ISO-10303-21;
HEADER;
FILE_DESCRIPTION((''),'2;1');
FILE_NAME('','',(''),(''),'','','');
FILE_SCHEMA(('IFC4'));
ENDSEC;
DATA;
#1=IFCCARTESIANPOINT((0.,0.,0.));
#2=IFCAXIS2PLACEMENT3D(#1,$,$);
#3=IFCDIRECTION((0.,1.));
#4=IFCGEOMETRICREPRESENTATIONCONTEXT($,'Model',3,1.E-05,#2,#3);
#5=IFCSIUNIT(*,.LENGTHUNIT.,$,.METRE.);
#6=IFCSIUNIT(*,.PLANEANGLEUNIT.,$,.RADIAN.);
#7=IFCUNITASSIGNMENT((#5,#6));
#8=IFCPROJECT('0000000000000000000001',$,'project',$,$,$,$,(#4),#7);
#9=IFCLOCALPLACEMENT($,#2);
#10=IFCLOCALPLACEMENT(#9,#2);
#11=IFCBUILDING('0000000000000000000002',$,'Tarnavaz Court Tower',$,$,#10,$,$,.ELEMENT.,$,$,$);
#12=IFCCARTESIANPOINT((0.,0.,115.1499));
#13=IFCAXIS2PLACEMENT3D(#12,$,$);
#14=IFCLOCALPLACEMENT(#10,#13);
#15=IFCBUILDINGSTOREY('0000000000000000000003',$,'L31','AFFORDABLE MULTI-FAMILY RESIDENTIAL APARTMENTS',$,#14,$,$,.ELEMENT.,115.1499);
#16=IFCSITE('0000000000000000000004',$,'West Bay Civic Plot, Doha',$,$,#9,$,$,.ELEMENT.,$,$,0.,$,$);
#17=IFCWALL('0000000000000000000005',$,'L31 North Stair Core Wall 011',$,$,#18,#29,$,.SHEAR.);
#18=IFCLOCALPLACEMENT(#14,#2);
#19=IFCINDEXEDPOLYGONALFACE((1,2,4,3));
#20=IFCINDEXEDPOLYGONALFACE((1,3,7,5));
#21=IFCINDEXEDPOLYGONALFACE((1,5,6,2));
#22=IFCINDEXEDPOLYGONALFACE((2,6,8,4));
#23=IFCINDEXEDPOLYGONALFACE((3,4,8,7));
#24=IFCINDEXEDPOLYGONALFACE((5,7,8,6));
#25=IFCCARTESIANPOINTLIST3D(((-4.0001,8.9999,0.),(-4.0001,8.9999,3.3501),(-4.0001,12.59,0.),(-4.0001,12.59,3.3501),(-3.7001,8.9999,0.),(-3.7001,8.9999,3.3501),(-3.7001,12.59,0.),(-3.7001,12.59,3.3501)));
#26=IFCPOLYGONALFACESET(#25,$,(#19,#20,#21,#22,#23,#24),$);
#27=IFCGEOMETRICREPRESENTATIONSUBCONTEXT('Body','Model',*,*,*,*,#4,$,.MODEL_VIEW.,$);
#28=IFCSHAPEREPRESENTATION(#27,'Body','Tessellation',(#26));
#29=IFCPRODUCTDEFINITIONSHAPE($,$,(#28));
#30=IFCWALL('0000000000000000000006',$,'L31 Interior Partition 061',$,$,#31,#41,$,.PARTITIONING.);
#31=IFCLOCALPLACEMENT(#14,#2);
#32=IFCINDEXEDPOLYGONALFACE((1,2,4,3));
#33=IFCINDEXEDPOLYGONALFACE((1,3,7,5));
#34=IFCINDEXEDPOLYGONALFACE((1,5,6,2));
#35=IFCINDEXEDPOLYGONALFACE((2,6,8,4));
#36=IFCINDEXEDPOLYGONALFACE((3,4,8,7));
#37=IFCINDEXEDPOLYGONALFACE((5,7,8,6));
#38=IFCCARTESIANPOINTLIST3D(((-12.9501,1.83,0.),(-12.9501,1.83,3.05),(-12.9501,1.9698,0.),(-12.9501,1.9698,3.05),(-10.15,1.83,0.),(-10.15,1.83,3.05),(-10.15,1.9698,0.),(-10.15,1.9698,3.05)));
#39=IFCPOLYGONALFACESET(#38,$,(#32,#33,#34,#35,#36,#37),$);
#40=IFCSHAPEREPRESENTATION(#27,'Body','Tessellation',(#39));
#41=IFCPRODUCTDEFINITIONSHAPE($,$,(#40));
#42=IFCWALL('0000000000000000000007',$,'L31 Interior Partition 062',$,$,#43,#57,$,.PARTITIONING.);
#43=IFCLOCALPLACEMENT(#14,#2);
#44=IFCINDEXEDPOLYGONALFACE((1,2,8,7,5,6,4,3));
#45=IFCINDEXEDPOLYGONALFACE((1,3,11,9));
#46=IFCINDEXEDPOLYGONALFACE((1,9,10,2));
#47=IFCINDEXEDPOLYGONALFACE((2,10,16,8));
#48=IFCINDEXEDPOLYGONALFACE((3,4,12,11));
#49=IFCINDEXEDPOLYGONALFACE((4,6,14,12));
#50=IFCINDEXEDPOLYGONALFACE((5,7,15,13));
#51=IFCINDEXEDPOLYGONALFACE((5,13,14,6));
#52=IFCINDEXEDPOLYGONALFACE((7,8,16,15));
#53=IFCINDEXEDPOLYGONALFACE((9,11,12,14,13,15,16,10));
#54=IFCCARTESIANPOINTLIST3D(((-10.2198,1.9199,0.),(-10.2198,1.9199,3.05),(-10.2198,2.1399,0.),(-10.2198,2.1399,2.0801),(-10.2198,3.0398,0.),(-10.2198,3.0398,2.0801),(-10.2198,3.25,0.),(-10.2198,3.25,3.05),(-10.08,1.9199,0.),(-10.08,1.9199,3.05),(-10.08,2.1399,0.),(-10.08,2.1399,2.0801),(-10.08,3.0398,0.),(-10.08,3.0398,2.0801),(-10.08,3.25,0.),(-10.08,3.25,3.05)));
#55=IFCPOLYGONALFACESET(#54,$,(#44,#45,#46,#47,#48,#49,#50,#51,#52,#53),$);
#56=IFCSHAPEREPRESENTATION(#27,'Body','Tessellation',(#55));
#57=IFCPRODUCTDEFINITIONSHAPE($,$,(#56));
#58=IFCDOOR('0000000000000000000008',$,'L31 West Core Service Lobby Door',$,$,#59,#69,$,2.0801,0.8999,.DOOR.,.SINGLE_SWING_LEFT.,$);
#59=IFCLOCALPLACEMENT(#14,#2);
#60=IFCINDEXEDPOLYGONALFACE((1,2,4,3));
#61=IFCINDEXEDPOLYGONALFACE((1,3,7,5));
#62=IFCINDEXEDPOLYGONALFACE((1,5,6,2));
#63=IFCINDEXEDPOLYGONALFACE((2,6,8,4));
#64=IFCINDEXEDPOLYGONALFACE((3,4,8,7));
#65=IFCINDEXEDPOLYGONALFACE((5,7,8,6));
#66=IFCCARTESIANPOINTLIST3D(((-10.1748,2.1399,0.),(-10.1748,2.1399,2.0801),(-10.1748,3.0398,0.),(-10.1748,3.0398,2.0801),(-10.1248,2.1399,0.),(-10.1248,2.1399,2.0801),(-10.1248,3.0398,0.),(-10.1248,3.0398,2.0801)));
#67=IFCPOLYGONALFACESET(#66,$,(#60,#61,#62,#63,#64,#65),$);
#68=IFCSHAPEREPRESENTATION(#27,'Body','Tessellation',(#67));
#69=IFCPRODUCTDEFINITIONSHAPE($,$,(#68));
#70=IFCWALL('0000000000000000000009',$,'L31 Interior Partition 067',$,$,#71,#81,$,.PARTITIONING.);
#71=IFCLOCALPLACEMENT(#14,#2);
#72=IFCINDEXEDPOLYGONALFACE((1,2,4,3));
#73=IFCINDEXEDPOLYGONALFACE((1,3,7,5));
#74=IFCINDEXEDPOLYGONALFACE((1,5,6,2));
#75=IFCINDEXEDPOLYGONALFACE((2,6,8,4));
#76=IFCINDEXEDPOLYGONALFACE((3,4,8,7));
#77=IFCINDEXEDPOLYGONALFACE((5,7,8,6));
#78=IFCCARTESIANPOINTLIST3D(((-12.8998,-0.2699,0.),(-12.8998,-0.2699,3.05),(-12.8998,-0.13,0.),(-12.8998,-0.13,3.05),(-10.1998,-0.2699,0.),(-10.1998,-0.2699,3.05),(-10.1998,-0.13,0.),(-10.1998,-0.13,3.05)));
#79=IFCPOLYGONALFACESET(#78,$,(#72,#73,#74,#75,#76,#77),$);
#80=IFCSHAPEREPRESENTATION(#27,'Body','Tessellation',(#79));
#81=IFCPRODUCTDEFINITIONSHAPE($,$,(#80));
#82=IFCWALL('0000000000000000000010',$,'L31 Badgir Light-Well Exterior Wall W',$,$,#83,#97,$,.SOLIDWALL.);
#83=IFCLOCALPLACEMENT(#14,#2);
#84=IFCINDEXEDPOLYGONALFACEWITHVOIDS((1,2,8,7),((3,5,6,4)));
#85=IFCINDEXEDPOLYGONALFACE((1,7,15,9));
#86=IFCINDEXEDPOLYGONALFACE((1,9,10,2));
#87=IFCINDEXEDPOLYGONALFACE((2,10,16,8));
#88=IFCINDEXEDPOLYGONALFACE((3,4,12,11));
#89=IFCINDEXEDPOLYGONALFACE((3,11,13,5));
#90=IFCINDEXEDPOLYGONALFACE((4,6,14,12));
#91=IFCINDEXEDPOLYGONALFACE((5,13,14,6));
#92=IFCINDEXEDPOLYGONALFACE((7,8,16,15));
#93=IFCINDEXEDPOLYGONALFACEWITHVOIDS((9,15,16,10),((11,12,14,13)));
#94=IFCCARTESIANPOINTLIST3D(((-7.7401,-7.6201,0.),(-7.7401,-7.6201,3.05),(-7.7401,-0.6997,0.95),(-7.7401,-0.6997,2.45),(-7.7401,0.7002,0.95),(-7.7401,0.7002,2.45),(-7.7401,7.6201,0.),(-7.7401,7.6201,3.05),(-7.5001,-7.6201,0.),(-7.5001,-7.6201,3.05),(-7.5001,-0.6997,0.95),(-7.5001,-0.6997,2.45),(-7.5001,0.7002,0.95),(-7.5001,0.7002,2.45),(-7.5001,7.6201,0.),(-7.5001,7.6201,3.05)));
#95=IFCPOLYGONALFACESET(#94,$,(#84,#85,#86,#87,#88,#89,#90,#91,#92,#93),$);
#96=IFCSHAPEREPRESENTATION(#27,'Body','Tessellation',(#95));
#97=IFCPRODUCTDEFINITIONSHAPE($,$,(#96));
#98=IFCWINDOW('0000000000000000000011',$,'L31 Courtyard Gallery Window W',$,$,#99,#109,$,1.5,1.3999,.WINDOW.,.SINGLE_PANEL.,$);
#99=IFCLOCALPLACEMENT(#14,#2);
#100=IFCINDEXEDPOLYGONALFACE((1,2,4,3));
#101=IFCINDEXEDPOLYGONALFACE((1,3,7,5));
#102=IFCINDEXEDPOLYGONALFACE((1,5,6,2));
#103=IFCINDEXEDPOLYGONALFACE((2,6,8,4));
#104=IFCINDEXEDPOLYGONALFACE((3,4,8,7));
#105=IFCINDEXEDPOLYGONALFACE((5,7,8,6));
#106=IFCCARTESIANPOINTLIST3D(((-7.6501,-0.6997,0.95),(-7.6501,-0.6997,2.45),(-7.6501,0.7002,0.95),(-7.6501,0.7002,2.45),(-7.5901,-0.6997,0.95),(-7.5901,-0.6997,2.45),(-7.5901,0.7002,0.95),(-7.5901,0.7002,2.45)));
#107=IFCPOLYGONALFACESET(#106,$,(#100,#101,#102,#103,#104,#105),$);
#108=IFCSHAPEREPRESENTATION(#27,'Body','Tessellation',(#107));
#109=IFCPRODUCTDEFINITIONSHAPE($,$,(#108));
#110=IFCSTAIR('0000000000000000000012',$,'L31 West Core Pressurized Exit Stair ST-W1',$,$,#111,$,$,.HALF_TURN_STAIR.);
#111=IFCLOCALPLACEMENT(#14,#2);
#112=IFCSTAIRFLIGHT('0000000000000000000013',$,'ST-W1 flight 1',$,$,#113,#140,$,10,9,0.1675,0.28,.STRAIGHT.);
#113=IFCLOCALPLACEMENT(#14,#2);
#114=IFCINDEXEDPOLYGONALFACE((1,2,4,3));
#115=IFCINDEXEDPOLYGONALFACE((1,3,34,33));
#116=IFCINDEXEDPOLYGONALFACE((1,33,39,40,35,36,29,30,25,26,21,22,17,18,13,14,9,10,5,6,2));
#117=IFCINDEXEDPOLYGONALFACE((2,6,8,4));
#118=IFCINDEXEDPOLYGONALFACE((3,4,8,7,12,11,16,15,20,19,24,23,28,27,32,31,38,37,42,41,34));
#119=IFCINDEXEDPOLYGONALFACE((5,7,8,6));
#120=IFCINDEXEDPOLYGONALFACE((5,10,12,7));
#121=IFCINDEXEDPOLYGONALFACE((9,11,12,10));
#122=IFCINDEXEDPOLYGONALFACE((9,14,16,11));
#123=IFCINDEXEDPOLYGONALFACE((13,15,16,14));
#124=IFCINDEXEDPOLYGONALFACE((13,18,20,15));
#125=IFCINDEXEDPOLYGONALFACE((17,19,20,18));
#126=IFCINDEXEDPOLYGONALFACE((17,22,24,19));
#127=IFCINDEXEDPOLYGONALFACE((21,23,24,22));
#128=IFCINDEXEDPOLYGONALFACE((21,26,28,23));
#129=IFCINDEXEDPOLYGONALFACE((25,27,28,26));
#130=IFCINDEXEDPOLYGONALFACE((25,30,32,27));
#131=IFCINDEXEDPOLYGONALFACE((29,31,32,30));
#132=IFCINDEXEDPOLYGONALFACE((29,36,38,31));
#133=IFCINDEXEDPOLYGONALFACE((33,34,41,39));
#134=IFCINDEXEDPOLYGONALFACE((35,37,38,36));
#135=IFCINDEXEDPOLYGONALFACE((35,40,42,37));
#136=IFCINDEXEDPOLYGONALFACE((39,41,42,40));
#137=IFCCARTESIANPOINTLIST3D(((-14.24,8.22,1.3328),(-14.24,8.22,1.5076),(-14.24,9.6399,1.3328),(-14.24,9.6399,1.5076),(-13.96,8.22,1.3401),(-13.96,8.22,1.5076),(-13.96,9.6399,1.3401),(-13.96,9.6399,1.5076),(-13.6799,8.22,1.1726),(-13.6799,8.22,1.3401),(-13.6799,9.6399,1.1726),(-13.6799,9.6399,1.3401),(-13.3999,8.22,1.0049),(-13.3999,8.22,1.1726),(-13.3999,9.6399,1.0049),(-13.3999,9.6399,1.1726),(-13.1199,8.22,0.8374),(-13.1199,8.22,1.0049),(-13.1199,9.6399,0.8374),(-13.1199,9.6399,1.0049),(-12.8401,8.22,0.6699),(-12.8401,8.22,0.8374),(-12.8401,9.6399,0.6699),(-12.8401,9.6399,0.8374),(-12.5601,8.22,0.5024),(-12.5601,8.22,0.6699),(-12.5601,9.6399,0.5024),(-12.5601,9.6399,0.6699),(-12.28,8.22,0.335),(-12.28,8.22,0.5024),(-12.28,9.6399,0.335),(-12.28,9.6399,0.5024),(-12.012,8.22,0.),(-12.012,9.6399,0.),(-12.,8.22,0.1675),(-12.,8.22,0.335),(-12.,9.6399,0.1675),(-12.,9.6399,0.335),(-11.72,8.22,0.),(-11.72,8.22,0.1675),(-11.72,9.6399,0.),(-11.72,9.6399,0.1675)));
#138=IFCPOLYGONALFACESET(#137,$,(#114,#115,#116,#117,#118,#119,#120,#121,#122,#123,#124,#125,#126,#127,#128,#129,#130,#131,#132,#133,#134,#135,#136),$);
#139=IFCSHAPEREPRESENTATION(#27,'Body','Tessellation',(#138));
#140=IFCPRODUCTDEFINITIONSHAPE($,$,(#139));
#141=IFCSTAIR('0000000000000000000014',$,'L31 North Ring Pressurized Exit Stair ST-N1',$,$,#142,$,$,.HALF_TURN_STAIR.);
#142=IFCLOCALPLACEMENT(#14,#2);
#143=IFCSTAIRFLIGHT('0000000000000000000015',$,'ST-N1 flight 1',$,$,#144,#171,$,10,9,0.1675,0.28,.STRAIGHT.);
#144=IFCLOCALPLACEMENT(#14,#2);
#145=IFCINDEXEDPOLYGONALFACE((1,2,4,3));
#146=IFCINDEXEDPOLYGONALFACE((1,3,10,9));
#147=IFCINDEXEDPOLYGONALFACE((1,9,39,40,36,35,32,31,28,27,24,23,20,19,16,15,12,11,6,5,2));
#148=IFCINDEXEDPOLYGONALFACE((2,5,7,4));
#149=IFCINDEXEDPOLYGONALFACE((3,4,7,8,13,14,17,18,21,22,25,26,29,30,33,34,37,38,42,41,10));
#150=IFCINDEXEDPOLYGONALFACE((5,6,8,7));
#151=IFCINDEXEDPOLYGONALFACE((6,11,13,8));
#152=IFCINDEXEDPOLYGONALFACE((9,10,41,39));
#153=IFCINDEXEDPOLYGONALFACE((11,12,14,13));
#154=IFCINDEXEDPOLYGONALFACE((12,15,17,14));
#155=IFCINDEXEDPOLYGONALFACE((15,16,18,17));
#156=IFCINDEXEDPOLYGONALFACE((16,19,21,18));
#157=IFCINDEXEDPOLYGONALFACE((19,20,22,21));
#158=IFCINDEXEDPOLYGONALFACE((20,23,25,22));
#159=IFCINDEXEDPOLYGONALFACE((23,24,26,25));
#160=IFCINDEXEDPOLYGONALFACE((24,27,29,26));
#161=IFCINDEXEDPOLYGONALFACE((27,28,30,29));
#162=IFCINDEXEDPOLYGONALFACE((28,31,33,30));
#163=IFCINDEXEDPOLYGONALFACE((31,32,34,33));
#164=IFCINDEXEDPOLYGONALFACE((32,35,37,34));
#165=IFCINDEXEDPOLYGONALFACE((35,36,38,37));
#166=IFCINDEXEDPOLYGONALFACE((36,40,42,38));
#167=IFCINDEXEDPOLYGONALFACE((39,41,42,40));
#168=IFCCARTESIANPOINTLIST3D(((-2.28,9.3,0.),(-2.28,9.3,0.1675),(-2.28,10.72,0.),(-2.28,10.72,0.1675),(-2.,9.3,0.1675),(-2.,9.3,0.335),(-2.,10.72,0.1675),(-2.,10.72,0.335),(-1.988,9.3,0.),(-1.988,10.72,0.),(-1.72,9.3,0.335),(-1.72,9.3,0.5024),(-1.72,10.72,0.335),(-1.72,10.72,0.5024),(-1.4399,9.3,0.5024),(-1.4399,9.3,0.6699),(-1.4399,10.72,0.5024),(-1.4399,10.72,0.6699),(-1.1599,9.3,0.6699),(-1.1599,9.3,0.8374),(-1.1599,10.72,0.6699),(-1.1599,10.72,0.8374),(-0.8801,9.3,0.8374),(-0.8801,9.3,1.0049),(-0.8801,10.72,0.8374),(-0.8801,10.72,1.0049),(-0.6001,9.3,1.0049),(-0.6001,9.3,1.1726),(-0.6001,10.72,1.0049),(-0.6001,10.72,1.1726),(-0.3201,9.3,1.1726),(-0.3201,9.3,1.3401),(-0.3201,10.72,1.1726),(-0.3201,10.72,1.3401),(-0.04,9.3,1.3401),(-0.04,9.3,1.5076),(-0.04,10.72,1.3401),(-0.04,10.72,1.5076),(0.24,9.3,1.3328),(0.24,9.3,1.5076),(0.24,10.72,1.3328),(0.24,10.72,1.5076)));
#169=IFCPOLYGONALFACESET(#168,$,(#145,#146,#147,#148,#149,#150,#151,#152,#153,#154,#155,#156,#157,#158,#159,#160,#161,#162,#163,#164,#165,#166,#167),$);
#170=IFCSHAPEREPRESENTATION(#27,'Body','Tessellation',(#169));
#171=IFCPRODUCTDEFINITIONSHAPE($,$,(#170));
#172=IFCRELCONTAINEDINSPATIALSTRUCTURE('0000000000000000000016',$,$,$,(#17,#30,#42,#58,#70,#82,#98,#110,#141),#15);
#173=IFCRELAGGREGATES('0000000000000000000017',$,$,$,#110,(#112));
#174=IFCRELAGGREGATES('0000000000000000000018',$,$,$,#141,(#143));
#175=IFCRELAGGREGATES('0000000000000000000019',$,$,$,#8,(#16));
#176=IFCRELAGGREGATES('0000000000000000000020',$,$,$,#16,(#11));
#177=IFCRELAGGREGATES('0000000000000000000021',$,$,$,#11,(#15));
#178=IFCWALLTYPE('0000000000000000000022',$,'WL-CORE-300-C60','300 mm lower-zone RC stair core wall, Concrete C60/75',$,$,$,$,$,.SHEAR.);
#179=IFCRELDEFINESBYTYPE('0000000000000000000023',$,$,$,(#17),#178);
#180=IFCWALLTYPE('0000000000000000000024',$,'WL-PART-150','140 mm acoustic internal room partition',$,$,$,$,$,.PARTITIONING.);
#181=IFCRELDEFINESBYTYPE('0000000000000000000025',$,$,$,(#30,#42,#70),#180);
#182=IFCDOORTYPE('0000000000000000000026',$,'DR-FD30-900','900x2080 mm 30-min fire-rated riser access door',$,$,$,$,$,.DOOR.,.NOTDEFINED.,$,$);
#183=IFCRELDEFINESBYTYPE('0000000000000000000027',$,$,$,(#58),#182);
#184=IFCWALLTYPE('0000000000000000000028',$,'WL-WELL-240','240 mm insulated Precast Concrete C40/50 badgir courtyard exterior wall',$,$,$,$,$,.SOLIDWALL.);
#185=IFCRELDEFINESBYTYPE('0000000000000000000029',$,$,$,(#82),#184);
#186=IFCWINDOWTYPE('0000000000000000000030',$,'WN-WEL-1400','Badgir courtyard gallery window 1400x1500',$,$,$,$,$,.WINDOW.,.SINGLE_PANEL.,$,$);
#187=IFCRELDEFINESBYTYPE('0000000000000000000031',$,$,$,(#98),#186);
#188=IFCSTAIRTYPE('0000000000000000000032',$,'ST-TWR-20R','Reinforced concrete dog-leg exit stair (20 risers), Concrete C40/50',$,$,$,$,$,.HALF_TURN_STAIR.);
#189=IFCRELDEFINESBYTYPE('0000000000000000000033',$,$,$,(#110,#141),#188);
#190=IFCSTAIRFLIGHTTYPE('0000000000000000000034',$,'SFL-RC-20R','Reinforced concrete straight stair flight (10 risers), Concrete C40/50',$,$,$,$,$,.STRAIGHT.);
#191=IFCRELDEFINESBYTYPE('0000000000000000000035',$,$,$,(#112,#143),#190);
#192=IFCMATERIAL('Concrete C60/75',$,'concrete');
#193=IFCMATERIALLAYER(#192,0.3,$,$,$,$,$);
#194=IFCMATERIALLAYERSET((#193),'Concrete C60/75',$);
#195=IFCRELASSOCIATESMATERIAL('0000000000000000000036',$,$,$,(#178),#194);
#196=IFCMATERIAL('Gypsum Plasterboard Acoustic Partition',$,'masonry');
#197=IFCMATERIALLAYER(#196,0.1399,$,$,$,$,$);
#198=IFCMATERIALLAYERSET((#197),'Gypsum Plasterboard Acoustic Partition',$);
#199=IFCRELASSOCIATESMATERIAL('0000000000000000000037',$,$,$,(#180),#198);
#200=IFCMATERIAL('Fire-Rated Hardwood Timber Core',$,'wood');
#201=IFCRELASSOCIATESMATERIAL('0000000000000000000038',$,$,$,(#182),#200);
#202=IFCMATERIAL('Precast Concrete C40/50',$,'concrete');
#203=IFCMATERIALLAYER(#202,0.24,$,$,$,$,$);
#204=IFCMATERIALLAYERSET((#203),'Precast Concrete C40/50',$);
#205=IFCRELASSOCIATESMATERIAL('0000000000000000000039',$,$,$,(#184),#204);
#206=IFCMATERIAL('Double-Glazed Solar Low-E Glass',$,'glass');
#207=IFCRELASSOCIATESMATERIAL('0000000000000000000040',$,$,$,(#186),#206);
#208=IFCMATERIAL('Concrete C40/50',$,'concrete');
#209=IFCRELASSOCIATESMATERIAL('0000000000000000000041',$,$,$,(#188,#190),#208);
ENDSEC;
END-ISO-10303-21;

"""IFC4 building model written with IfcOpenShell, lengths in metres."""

from ifc_helpers import new_model, si_unit, direction, frame, frame_2d, origin, place, context, subcontext, project, spatial, polyline, rectangle, outline, extrude, material, layer, layer_set, type_object, element, fill, aggregate, save


model = new_model("IFC4")

# Units and contexts
model_context = context("Model", 3, precision=1e-05, world=origin(), true_north=direction((0.0, 1.0)))
body_context = subcontext(model_context, "Body", "Model", "MODEL_VIEW")
ifc_project = project(units=[si_unit("LENGTHUNIT", "METRE"), si_unit("PLANEANGLEUNIT", "RADIAN")], contexts=[model_context])

# Site, building, storey
site_placement = place(None, origin())
site = spatial("IfcSite", under=ifc_project, at=site_placement, Name="West Bay Civic Plot, Doha", CompositionType="ELEMENT", RefElevation=0.0)
building_placement = place(site_placement, origin())
building = spatial("IfcBuilding", under=site, at=building_placement, Name="Tarnavaz Court Tower", CompositionType="ELEMENT")
storey_placement = place(building_placement, frame((0.0, 0.0, 115.1499)))
storey = spatial("IfcBuildingStorey", under=building, at=storey_placement, Name="L31", Description="AFFORDABLE MULTI-FAMILY RESIDENTIAL APARTMENTS", CompositionType="ELEMENT", Elevation=115.1499)

# Shared definitions
ifc_material_1 = material(Name="Concrete C60/75", Category="concrete")

# Shared definitions
ifc_layer_1 = layer(ifc_material_1, 0.3)
ifc_layer_set_1 = layer_set([ifc_layer_1], Name="Concrete C60/75")
wall_type_1 = type_object("IfcWallType", Name="WL-CORE-300-C60", Description="300 mm lower-zone RC stair core wall, Concrete C60/75", PredefinedType="SHEAR", material=ifc_layer_set_1)

# Shared definitions
ifc_material_2 = material(Name="Fire-Rated Hardwood Timber Core", Category="wood")

# Wall
wall_1_placement = place(storey_placement, frame((-3.8501, 9.0, 0.0), z_axis=(0.0, 0.0, 1.0), x_axis=(0.0, 1.0, 0.0)))
element("IfcWall", 1, at=wall_1_placement, inside=storey, type_object=wall_type_1, Name="L31 North Stair Core Wall 011", PredefinedType="SHEAR", context=body_context, shape_type="SweptSolid", body=[
    extrude(rectangle(XDim=3.5901, YDim=0.3, at=frame_2d((1.7949, 0.0))), origin(), (0.0, 0.0, 1.0), 3.3501),
])

# Wall
ifc_material_3 = material(Name="Gypsum Plasterboard Acoustic Partition", Category="masonry")
ifc_layer_2 = layer(ifc_material_3, 0.1399)
ifc_layer_set_2 = layer_set([ifc_layer_2], Name="Gypsum Plasterboard Acoustic Partition")
wall_type_2 = type_object("IfcWallType", Name="WL-PART-150", Description="140 mm acoustic internal room partition", PredefinedType="PARTITIONING", material=ifc_layer_set_2)
wall_2_placement = place(storey_placement, frame((-12.95, 1.8999, 0.0), z_axis=(0.0, 0.0, 1.0), x_axis=(1.0, 0.0, 0.0)))
element("IfcWall", 2, at=wall_2_placement, inside=storey, type_object=wall_type_2, Name="L31 Interior Partition 061", PredefinedType="PARTITIONING", context=body_context, shape_type="SweptSolid", body=[
    extrude(rectangle(XDim=2.8, YDim=0.1399, at=frame_2d((1.3999, 0.0))), origin(), (0.0, 0.0, 1.0), 3.05),
])

# Wall, opening, door
wall_3_placement = place(storey_placement, frame((-10.1499, 1.9199, 0.0), z_axis=(0.0, 0.0, 1.0), x_axis=(0.0, 1.0, 0.0)))
wall_3 = element("IfcWall", 3, at=wall_3_placement, inside=storey, type_object=wall_type_2, Name="L31 Interior Partition 062", PredefinedType="PARTITIONING", context=body_context, shape_type="SweptSolid", body=[
    extrude(rectangle(XDim=1.3301, YDim=0.1399, at=frame_2d((0.665, 0.0))), origin(), (0.0, 0.0, 1.0), 3.05),
])
opening_1_placement = place(wall_3_placement, frame((0.22, 0.0, 0.0)))
opening_1 = element("IfcOpeningElement", 4, at=opening_1_placement, cuts=wall_3, PredefinedType="OPENING", context=body_context, shape_type="SweptSolid", body=[
    extrude(rectangle(XDim=0.8999, YDim=2.0801, at=frame_2d((0.45, 1.04))), frame((0.0, 0.0798, 0.0), z_axis=(0.0, -1.0, 0.0), x_axis=(1.0, 0.0, 0.0)), (0.0, 0.0, 1.0), 0.1599),
])
door_type_1 = type_object("IfcDoorType", Name="DR-FD30-900", Description="900x2080 mm 30-min fire-rated riser access door", OperationType="NOTDEFINED", PredefinedType="DOOR", material=ifc_material_2)
door_1_placement = place(opening_1_placement, origin())
door_1 = element("IfcDoor", 5, at=door_1_placement, inside=storey, type_object=door_type_1, Name="L31 West Core Service Lobby Door", OperationType="SINGLE_SWING_LEFT", OverallHeight=2.0801, OverallWidth=0.8999, PredefinedType="DOOR", context=body_context, shape_type="SweptSolid", body=[
    extrude(rectangle(XDim=0.8999, YDim=2.0801, at=frame_2d((0.45, 1.04))), frame((0.0, 0.0249, 0.0), z_axis=(0.0, -1.0, 0.0), x_axis=(1.0, 0.0, 0.0)), (0.0, 0.0, 1.0), 0.05),
])
fill(opening_1, door_1)

# Wall
wall_4_placement = place(storey_placement, frame((-12.8999, -0.2, 0.0), z_axis=(0.0, 0.0, 1.0), x_axis=(1.0, 0.0, 0.0)))
element("IfcWall", 6, at=wall_4_placement, inside=storey, type_object=wall_type_2, Name="L31 Interior Partition 067", PredefinedType="PARTITIONING", context=body_context, shape_type="SweptSolid", body=[
    extrude(rectangle(XDim=2.7, YDim=0.1399, at=frame_2d((1.3501, 0.0))), origin(), (0.0, 0.0, 1.0), 3.05),
])

# Wall, opening, window
ifc_material_4 = material(Name="Precast Concrete C40/50", Category="concrete")
ifc_layer_3 = layer(ifc_material_4, 0.24)
ifc_layer_set_3 = layer_set([ifc_layer_3], Name="Precast Concrete C40/50")
wall_type_3 = type_object("IfcWallType", Name="WL-WELL-240", Description="240 mm insulated Precast Concrete C40/50 badgir courtyard exterior wall", PredefinedType="SOLIDWALL", material=ifc_layer_set_3)
wall_5_placement = place(storey_placement, frame((-7.6201, 7.6201, 0.0), z_axis=(0.0, 0.0, 1.0), x_axis=(0.0, -1.0, 0.0)))
wall_5 = element("IfcWall", 7, at=wall_5_placement, inside=storey, type_object=wall_type_3, Name="L31 Badgir Light-Well Exterior Wall W", PredefinedType="SOLIDWALL", context=body_context, shape_type="SweptSolid", body=[
    extrude(rectangle(XDim=15.2402, YDim=0.24, at=frame_2d((7.6201, 0.0))), origin(), (0.0, 0.0, 1.0), 3.05),
])
opening_2_placement = place(wall_5_placement, frame((6.9199, 0.0, 0.95)))
opening_2 = element("IfcOpeningElement", 8, at=opening_2_placement, cuts=wall_5, PredefinedType="OPENING", context=body_context, shape_type="SweptSolid", body=[
    extrude(rectangle(XDim=1.3999, YDim=1.5, at=frame_2d((0.7, 0.75))), frame((0.0, 0.1299, 0.0), z_axis=(0.0, -1.0, 0.0), x_axis=(1.0, 0.0, 0.0)), (0.0, 0.0, 1.0), 0.26),
])
ifc_material_5 = material(Name="Double-Glazed Solar Low-E Glass", Category="glass")
window_type = type_object("IfcWindowType", Name="WN-WEL-1400", Description="Badgir courtyard gallery window 1400x1500", PartitioningType="SINGLE_PANEL", PredefinedType="WINDOW", material=ifc_material_5)
window_placement = place(opening_2_placement, origin())
window = element("IfcWindow", 9, at=window_placement, inside=storey, type_object=window_type, Name="L31 Courtyard Gallery Window W", OverallHeight=1.5, OverallWidth=1.3999, PartitioningType="SINGLE_PANEL", PredefinedType="WINDOW", context=body_context, shape_type="SweptSolid", body=[
    extrude(rectangle(XDim=1.3999, YDim=1.5, at=frame_2d((0.7, 0.75))), frame((0.0, 0.03, 0.0), z_axis=(0.0, -1.0, 0.0), x_axis=(1.0, 0.0, 0.0)), (0.0, 0.0, 1.0), 0.0601),
])
fill(opening_2, window)

# Stairs, stair flights
ifc_material_6 = material(Name="Concrete C40/50", Category="concrete")
stair_type = type_object("IfcStairType", Name="ST-TWR-20R", Description="Reinforced concrete dog-leg exit stair (20 risers), Concrete C40/50", PredefinedType="HALF_TURN_STAIR", material=ifc_material_6)
stair_1_placement = place(storey_placement, origin())
stair_1 = element("IfcStair", 10, at=stair_1_placement, inside=storey, type_object=stair_type, Name="L31 West Core Pressurized Exit Stair ST-W1", PredefinedType="HALF_TURN_STAIR")
stair_flight_type = type_object("IfcStairFlightType", Name="SFL-RC-20R", Description="Reinforced concrete straight stair flight (10 risers), Concrete C40/50", PredefinedType="STRAIGHT", material=ifc_material_6)
stair_flight_1_placement = place(storey_placement, frame((-11.72, 8.9299, 0.0), z_axis=(0.0, 0.0, 1.0), x_axis=(-1.0, 0.0, 0.0)))
stair_flight_1 = element("IfcStairFlight", 11, at=stair_flight_1_placement, type_object=stair_flight_type, Name="ST-W1 flight 1", NumberOfRisers=10, NumberOfTreads=9, PredefinedType="STRAIGHT", RiserHeight=0.1675, TreadLength=0.28, context=body_context, shape_type="SweptSolid", body=[
    extrude(outline(polyline([(0.0, 0.0), (0.0, 0.1675), (0.28, 0.1675), (0.28, 0.335), (0.5601, 0.335), (0.5601, 0.5024), (0.8401, 0.5024), (0.8401, 0.6699), (1.1201, 0.6699), (1.1201, 0.8374), (1.3999, 0.8374), (1.3999, 1.0049), (1.6799, 1.0049), (1.6799, 1.1726), (1.96, 1.1726), (1.96, 1.3401), (2.24, 1.3401), (2.24, 1.5076), (2.52, 1.5076), (2.52, 1.675), (2.52, 1.3328), (0.292, 0.0), (0.0, 0.0)])), frame((0.0, 0.71, 0.0), z_axis=(0.0, -1.0, 0.0), x_axis=(1.0, 0.0, 0.0)), (0.0, 0.0, 1.0), 1.4199),
])
aggregate(stair_1, [stair_flight_1])
stair_2_placement = place(storey_placement, origin())
stair_2 = element("IfcStair", 12, at=stair_2_placement, inside=storey, type_object=stair_type, Name="L31 North Ring Pressurized Exit Stair ST-N1", PredefinedType="HALF_TURN_STAIR")
stair_flight_2_placement = place(storey_placement, frame((-2.28, 10.01, 0.0), z_axis=(0.0, 0.0, 1.0), x_axis=(1.0, 0.0, 0.0)))
stair_flight_2 = element("IfcStairFlight", 13, at=stair_flight_2_placement, type_object=stair_flight_type, Name="ST-N1 flight 1", NumberOfRisers=10, NumberOfTreads=9, PredefinedType="STRAIGHT", RiserHeight=0.1675, TreadLength=0.28, context=body_context, shape_type="SweptSolid", body=[
    extrude(outline(polyline([(0.0, 0.0), (0.0, 0.1675), (0.28, 0.1675), (0.28, 0.335), (0.5601, 0.335), (0.5601, 0.5024), (0.8401, 0.5024), (0.8401, 0.6699), (1.1201, 0.6699), (1.1201, 0.8374), (1.3999, 0.8374), (1.3999, 1.0049), (1.6799, 1.0049), (1.6799, 1.1726), (1.96, 1.1726), (1.96, 1.3401), (2.24, 1.3401), (2.24, 1.5076), (2.52, 1.5076), (2.52, 1.675), (2.52, 1.3328), (0.292, 0.0), (0.0, 0.0)])), frame((0.0, 0.71, 0.0), z_axis=(0.0, -1.0, 0.0), x_axis=(1.0, 0.0, 0.0)), (0.0, 0.0, 1.0), 1.4199),
])
aggregate(stair_2, [stair_flight_2])

save(model, "model.ifc")
